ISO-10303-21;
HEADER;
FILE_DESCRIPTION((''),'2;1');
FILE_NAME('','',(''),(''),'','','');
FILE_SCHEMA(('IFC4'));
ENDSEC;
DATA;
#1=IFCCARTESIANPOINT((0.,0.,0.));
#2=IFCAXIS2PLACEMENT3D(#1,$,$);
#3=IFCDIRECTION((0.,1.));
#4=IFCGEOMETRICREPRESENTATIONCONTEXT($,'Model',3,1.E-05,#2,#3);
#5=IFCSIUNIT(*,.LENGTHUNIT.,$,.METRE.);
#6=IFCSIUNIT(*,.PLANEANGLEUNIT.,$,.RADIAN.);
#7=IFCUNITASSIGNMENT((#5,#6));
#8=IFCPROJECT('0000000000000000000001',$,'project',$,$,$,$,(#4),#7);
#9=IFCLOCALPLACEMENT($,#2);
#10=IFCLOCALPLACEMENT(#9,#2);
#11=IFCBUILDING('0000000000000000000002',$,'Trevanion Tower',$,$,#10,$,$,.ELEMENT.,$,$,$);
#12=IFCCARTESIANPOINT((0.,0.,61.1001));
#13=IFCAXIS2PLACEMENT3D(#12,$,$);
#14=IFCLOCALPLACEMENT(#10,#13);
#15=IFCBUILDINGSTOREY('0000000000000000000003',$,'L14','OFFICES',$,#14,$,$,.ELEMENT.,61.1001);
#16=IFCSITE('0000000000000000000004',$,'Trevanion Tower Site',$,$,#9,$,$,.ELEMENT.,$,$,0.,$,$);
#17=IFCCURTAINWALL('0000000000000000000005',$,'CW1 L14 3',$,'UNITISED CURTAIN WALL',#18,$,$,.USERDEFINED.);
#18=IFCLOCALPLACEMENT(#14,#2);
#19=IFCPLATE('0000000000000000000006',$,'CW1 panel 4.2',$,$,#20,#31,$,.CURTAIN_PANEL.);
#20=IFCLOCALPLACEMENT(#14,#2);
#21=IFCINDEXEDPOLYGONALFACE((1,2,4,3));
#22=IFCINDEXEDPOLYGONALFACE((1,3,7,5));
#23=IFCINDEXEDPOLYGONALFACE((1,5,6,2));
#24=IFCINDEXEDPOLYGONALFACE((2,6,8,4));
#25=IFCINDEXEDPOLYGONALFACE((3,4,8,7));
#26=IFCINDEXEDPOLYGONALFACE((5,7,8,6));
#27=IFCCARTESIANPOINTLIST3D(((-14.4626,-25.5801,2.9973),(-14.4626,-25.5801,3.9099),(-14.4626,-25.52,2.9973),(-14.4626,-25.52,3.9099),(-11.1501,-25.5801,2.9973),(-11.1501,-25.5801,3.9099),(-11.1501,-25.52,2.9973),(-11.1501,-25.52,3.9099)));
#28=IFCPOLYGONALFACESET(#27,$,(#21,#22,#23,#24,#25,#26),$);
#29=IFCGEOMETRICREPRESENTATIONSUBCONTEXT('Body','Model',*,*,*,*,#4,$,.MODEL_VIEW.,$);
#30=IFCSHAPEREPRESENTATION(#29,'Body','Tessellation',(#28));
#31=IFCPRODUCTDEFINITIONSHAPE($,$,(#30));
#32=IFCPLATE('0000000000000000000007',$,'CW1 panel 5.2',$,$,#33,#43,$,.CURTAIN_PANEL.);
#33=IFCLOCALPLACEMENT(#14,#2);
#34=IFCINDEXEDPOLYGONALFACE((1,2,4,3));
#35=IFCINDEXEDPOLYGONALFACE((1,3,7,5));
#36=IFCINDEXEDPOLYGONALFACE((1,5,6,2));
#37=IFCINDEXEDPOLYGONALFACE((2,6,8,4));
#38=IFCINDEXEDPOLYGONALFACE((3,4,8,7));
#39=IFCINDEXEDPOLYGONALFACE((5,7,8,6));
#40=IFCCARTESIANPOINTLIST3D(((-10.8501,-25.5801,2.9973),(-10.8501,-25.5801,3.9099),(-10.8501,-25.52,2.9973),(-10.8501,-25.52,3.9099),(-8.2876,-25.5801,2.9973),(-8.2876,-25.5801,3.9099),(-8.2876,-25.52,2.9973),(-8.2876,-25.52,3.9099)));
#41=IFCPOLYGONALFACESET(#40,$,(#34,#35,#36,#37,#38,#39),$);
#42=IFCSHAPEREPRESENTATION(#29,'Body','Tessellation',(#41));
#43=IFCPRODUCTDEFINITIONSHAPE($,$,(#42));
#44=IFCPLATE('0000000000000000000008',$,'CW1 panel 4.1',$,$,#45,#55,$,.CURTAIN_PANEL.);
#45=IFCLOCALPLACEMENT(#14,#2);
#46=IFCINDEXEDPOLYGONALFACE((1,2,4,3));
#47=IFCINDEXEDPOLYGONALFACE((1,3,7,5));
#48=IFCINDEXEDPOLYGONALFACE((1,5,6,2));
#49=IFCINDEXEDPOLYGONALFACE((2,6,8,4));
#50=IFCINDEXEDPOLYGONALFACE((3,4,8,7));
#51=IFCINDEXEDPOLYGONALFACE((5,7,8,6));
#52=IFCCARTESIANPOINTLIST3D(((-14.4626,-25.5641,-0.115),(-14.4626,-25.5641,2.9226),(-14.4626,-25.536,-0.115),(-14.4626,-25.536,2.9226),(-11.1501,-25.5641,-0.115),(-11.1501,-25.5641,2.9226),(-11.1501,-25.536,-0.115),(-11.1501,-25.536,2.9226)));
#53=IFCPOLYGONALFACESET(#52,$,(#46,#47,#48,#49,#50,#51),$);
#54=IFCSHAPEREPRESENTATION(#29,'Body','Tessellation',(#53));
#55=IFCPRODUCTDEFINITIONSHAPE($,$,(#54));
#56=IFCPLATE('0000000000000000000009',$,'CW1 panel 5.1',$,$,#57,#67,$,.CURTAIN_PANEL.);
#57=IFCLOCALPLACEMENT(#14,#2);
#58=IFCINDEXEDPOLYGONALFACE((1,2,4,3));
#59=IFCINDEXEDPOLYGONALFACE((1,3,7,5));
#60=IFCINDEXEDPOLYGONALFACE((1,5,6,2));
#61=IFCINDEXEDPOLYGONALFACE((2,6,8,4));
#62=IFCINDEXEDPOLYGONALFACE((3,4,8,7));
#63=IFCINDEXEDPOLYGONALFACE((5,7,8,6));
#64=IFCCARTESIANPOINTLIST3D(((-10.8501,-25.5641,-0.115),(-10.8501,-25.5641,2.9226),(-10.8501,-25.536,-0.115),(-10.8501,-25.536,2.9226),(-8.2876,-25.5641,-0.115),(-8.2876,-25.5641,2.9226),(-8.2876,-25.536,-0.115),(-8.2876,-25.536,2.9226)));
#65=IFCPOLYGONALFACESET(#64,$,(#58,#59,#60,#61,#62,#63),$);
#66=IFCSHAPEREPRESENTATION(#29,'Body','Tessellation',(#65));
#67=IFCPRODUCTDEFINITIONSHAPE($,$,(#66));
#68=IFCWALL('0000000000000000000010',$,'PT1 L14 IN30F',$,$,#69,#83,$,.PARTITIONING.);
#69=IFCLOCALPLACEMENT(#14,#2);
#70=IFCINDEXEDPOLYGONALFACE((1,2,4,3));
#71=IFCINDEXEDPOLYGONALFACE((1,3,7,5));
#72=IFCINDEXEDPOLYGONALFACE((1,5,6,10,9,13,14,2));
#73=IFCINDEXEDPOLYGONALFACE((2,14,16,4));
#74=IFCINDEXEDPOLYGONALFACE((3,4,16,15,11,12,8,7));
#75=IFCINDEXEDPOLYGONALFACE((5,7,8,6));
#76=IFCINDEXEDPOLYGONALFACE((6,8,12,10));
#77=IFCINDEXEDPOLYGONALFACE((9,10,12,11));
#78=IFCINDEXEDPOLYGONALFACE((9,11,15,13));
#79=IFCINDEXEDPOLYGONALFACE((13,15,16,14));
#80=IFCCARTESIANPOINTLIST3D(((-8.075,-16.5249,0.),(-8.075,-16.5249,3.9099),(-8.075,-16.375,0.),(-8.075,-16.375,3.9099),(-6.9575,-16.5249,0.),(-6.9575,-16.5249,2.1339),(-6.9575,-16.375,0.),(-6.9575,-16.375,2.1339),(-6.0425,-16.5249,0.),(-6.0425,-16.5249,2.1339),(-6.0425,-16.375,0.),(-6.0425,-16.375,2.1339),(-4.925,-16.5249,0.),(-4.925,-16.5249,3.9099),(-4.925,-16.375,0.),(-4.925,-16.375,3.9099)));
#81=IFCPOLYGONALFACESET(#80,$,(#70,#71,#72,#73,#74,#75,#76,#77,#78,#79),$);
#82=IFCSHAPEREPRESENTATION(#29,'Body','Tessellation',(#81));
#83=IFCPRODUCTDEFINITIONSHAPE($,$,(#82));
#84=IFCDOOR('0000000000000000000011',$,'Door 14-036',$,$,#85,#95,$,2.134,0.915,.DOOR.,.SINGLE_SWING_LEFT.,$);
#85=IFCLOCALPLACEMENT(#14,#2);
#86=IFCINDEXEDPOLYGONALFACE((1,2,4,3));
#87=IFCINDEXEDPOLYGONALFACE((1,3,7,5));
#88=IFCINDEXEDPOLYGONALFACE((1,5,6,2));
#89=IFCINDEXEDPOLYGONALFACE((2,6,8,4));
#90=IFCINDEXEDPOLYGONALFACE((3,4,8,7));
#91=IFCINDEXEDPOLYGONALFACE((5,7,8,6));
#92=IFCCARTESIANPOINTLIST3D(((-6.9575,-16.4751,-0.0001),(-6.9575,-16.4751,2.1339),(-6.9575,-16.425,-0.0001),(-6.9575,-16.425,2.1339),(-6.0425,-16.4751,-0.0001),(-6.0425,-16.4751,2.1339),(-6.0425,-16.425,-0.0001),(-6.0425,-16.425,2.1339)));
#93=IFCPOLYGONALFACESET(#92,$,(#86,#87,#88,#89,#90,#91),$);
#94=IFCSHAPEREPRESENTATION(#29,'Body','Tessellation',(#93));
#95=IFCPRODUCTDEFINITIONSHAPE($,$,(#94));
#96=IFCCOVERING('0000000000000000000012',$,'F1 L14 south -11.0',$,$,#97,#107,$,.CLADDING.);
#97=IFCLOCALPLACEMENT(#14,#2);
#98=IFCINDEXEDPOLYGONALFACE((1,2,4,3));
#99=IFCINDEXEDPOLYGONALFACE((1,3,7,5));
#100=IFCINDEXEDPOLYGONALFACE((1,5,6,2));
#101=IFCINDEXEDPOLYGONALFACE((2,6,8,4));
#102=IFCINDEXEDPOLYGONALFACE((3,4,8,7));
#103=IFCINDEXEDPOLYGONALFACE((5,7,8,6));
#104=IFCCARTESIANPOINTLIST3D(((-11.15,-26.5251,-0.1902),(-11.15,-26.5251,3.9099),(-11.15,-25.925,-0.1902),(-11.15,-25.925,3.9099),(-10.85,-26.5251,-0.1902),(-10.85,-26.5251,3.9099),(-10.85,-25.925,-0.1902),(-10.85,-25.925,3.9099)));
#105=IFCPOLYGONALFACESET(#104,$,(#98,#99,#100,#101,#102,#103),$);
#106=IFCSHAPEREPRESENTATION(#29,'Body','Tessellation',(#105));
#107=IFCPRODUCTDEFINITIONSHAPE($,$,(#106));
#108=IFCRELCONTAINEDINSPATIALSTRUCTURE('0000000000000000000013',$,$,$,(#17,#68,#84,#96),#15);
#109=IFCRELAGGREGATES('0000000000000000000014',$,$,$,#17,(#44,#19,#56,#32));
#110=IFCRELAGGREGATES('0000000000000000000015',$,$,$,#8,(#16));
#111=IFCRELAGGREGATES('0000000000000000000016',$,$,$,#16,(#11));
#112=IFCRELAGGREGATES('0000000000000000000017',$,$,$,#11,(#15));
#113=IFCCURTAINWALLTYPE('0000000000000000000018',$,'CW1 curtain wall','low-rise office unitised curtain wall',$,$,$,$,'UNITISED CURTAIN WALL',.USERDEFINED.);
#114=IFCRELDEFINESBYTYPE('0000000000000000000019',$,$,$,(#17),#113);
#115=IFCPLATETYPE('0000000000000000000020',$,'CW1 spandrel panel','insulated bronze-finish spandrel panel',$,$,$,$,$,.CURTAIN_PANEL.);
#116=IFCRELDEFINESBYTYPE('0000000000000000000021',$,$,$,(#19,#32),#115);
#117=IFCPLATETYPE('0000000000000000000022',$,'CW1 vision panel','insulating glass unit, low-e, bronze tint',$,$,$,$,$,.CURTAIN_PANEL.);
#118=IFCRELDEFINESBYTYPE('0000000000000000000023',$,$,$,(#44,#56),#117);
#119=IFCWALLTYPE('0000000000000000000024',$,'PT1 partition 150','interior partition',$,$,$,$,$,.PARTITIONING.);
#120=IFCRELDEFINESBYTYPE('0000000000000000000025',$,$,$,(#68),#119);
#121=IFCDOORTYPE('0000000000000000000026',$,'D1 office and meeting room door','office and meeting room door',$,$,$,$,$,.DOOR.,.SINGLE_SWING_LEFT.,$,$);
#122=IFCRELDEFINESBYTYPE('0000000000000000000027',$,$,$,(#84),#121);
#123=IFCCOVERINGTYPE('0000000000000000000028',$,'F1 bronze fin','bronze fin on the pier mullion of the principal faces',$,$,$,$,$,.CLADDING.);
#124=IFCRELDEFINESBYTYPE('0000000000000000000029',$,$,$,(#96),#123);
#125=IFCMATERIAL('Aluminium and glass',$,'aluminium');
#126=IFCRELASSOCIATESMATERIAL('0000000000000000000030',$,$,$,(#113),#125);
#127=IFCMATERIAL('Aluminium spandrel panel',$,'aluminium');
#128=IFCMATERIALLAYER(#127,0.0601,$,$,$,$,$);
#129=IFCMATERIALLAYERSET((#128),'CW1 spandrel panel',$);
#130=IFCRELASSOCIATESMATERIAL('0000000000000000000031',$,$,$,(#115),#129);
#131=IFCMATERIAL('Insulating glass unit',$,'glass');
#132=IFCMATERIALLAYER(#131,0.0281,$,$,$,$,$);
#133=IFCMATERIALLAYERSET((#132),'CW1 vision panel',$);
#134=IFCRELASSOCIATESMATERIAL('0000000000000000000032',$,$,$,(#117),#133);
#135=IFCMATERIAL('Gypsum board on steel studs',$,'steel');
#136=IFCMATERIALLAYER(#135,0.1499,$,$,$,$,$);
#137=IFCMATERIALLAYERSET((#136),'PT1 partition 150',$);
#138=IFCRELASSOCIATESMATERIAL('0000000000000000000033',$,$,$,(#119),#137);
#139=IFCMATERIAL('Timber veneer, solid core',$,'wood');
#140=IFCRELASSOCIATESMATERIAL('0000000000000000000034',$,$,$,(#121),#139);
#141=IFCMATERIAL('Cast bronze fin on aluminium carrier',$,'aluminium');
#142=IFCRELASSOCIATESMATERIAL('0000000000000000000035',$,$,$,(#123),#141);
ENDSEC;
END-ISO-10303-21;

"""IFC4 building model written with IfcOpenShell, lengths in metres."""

from ifc_helpers import new_model, si_unit, direction, frame, frame_2d, origin, origin_2d, place, context, subcontext, project, spatial, rectangle, extrude, material, layer, layer_set, type_object, element, fill, aggregate, save


model = new_model("IFC4")

# Units and contexts
model_context = context("Model", 3, precision=1e-05, world=origin(), true_north=direction((0.0, 1.0)))
body_context = subcontext(model_context, "Body", "Model", "MODEL_VIEW")
ifc_project = project(units=[si_unit("LENGTHUNIT", "METRE"), si_unit("PLANEANGLEUNIT", "RADIAN")], contexts=[model_context])

# Site, building, storey
site_placement = place(None, origin())
site = spatial("IfcSite", under=ifc_project, at=site_placement, Name="Trevanion Tower Site", CompositionType="ELEMENT", RefElevation=0.0)
building_placement = place(site_placement, origin())
building = spatial("IfcBuilding", under=site, at=building_placement, Name="Trevanion Tower", CompositionType="ELEMENT")
storey_placement = place(building_placement, frame((0.0, 0.0, 61.1001)))
storey = spatial("IfcBuildingStorey", under=building, at=storey_placement, Name="L14", Description="OFFICES", CompositionType="ELEMENT", Elevation=61.1001)

# Curtain wall
ifc_material_1 = material(Name="Aluminium and glass", Category="aluminium")
curtain_wall_type = type_object("IfcCurtainWallType", Name="CW1 curtain wall", Description="low-rise office unitised curtain wall", ElementType="UNITISED CURTAIN WALL", PredefinedType="USERDEFINED", material=ifc_material_1)
curtain_wall_placement = place(storey_placement, origin())
curtain_wall = element("IfcCurtainWall", 1, at=curtain_wall_placement, inside=storey, type_object=curtain_wall_type, Name="CW1 L14 3", ObjectType="UNITISED CURTAIN WALL", PredefinedType="USERDEFINED")

# Plates
ifc_material_2 = material(Name="Aluminium spandrel panel", Category="aluminium")
ifc_layer_1 = layer(ifc_material_2, 0.0601)
ifc_layer_set_1 = layer_set([ifc_layer_1], Name="CW1 spandrel panel")
plate_type_1 = type_object("IfcPlateType", Name="CW1 spandrel panel", Description="insulated bronze-finish spandrel panel", PredefinedType="CURTAIN_PANEL", material=ifc_layer_set_1)
plate_1_placement = place(storey_placement, frame((-12.8064, -25.55, 2.9973), z_axis=(0.0, 0.0, 1.0), x_axis=(1.0, 0.0, 0.0)))
plate_1 = element("IfcPlate", 2, at=plate_1_placement, type_object=plate_type_1, Name="CW1 panel 4.2", PredefinedType="CURTAIN_PANEL", context=body_context, shape_type="SweptSolid", body=[
    extrude(rectangle(XDim=3.3125, YDim=0.0601, at=origin_2d()), origin(), (0.0, 0.0, 1.0), 0.9126),
])
plate_2_placement = place(storey_placement, frame((-9.5688, -25.55, 2.9973), z_axis=(0.0, 0.0, 1.0), x_axis=(1.0, 0.0, 0.0)))
plate_2 = element("IfcPlate", 3, at=plate_2_placement, type_object=plate_type_1, Name="CW1 panel 5.2", PredefinedType="CURTAIN_PANEL", context=body_context, shape_type="SweptSolid", body=[
    extrude(rectangle(XDim=2.5625, YDim=0.0601, at=origin_2d()), origin(), (0.0, 0.0, 1.0), 0.9126),
])
ifc_material_3 = material(Name="Insulating glass unit", Category="glass")
ifc_layer_2 = layer(ifc_material_3, 0.0281)
ifc_layer_set_2 = layer_set([ifc_layer_2], Name="CW1 vision panel")
plate_type_2 = type_object("IfcPlateType", Name="CW1 vision panel", Description="insulating glass unit, low-e, bronze tint", PredefinedType="CURTAIN_PANEL", material=ifc_layer_set_2)
plate_3_placement = place(storey_placement, frame((-12.8064, -25.55, -0.115), z_axis=(0.0, 0.0, 1.0), x_axis=(1.0, 0.0, 0.0)))
plate_3 = element("IfcPlate", 4, at=plate_3_placement, type_object=plate_type_2, Name="CW1 panel 4.1", PredefinedType="CURTAIN_PANEL", context=body_context, shape_type="SweptSolid", body=[
    extrude(rectangle(XDim=3.3125, YDim=0.0281, at=origin_2d()), origin(), (0.0, 0.0, 1.0), 3.0376),
])
plate_4_placement = place(storey_placement, frame((-9.5688, -25.55, -0.115), z_axis=(0.0, 0.0, 1.0), x_axis=(1.0, 0.0, 0.0)))
plate_4 = element("IfcPlate", 5, at=plate_4_placement, type_object=plate_type_2, Name="CW1 panel 5.1", PredefinedType="CURTAIN_PANEL", context=body_context, shape_type="SweptSolid", body=[
    extrude(rectangle(XDim=2.5625, YDim=0.0281, at=origin_2d()), origin(), (0.0, 0.0, 1.0), 3.0376),
])
aggregate(curtain_wall, [plate_3, plate_1, plate_4, plate_2])

# Wall, opening, door
ifc_material_4 = material(Name="Gypsum board on steel studs", Category="steel")
ifc_layer_3 = layer(ifc_material_4, 0.1499)
ifc_layer_set_3 = layer_set([ifc_layer_3], Name="PT1 partition 150")
wall_type = type_object("IfcWallType", Name="PT1 partition 150", Description="interior partition", PredefinedType="PARTITIONING", material=ifc_layer_set_3)
wall_placement = place(storey_placement, frame((-8.075, -16.45, 0.0), z_axis=(0.0, 0.0, 1.0), x_axis=(1.0, 0.0, 0.0)))
wall = element("IfcWall", 6, at=wall_placement, inside=storey, type_object=wall_type, Name="PT1 L14 IN30F", PredefinedType="PARTITIONING", context=body_context, shape_type="SweptSolid", body=[
    extrude(rectangle(XDim=3.1499, YDim=0.1499, at=frame_2d((1.575, 0.0))), origin(), (0.0, 0.0, 1.0), 3.9099),
])
opening_placement = place(wall_placement, frame((1.1174, 0.0, 0.0)))
opening = element("IfcOpeningElement", 7, at=opening_placement, cuts=wall, PredefinedType="OPENING", context=body_context, shape_type="SweptSolid", body=[
    extrude(rectangle(XDim=0.915, YDim=2.134, at=frame_2d((0.4575, 1.0669))), frame((0.0, 0.085, 0.0), z_axis=(0.0, -1.0, 0.0), x_axis=(1.0, 0.0, 0.0)), (0.0, 0.0, 1.0), 0.1699),
])
ifc_material_5 = material(Name="Timber veneer, solid core", Category="wood")
door_type = type_object("IfcDoorType", Name="D1 office and meeting room door", Description="office and meeting room door", OperationType="SINGLE_SWING_LEFT", PredefinedType="DOOR", material=ifc_material_5)
door_placement = place(opening_placement, origin())
door = element("IfcDoor", 8, at=door_placement, inside=storey, type_object=door_type, Name="Door 14-036", OperationType="SINGLE_SWING_LEFT", OverallHeight=2.134, OverallWidth=0.915, PredefinedType="DOOR", context=body_context, shape_type="SweptSolid", body=[
    extrude(rectangle(XDim=0.915, YDim=2.134, at=frame_2d((0.4575, 1.0669))), frame((0.0, 0.0249, 0.0), z_axis=(0.0, -1.0, 0.0), x_axis=(1.0, 0.0, 0.0)), (0.0, 0.0, 1.0), 0.05),
])
fill(opening, door)

# Covering
ifc_material_6 = material(Name="Cast bronze fin on aluminium carrier", Category="aluminium")
covering_type = type_object("IfcCoveringType", Name="F1 bronze fin", Description="bronze fin on the pier mullion of the principal faces", PredefinedType="CLADDING", material=ifc_material_6)
covering_placement = place(storey_placement, frame((-11.0, -26.2251, -0.1902), z_axis=(0.0, 0.0, 1.0), x_axis=(1.0, 0.0, 0.0)))
element("IfcCovering", 9, at=covering_placement, inside=storey, type_object=covering_type, Name="F1 L14 south -11.0", PredefinedType="CLADDING", context=body_context, shape_type="SweptSolid", body=[
    extrude(rectangle(XDim=0.3, YDim=0.6001, at=origin_2d()), origin(), (0.0, 0.0, 1.0), 4.1001),
])

save(model, "model.ifc")
